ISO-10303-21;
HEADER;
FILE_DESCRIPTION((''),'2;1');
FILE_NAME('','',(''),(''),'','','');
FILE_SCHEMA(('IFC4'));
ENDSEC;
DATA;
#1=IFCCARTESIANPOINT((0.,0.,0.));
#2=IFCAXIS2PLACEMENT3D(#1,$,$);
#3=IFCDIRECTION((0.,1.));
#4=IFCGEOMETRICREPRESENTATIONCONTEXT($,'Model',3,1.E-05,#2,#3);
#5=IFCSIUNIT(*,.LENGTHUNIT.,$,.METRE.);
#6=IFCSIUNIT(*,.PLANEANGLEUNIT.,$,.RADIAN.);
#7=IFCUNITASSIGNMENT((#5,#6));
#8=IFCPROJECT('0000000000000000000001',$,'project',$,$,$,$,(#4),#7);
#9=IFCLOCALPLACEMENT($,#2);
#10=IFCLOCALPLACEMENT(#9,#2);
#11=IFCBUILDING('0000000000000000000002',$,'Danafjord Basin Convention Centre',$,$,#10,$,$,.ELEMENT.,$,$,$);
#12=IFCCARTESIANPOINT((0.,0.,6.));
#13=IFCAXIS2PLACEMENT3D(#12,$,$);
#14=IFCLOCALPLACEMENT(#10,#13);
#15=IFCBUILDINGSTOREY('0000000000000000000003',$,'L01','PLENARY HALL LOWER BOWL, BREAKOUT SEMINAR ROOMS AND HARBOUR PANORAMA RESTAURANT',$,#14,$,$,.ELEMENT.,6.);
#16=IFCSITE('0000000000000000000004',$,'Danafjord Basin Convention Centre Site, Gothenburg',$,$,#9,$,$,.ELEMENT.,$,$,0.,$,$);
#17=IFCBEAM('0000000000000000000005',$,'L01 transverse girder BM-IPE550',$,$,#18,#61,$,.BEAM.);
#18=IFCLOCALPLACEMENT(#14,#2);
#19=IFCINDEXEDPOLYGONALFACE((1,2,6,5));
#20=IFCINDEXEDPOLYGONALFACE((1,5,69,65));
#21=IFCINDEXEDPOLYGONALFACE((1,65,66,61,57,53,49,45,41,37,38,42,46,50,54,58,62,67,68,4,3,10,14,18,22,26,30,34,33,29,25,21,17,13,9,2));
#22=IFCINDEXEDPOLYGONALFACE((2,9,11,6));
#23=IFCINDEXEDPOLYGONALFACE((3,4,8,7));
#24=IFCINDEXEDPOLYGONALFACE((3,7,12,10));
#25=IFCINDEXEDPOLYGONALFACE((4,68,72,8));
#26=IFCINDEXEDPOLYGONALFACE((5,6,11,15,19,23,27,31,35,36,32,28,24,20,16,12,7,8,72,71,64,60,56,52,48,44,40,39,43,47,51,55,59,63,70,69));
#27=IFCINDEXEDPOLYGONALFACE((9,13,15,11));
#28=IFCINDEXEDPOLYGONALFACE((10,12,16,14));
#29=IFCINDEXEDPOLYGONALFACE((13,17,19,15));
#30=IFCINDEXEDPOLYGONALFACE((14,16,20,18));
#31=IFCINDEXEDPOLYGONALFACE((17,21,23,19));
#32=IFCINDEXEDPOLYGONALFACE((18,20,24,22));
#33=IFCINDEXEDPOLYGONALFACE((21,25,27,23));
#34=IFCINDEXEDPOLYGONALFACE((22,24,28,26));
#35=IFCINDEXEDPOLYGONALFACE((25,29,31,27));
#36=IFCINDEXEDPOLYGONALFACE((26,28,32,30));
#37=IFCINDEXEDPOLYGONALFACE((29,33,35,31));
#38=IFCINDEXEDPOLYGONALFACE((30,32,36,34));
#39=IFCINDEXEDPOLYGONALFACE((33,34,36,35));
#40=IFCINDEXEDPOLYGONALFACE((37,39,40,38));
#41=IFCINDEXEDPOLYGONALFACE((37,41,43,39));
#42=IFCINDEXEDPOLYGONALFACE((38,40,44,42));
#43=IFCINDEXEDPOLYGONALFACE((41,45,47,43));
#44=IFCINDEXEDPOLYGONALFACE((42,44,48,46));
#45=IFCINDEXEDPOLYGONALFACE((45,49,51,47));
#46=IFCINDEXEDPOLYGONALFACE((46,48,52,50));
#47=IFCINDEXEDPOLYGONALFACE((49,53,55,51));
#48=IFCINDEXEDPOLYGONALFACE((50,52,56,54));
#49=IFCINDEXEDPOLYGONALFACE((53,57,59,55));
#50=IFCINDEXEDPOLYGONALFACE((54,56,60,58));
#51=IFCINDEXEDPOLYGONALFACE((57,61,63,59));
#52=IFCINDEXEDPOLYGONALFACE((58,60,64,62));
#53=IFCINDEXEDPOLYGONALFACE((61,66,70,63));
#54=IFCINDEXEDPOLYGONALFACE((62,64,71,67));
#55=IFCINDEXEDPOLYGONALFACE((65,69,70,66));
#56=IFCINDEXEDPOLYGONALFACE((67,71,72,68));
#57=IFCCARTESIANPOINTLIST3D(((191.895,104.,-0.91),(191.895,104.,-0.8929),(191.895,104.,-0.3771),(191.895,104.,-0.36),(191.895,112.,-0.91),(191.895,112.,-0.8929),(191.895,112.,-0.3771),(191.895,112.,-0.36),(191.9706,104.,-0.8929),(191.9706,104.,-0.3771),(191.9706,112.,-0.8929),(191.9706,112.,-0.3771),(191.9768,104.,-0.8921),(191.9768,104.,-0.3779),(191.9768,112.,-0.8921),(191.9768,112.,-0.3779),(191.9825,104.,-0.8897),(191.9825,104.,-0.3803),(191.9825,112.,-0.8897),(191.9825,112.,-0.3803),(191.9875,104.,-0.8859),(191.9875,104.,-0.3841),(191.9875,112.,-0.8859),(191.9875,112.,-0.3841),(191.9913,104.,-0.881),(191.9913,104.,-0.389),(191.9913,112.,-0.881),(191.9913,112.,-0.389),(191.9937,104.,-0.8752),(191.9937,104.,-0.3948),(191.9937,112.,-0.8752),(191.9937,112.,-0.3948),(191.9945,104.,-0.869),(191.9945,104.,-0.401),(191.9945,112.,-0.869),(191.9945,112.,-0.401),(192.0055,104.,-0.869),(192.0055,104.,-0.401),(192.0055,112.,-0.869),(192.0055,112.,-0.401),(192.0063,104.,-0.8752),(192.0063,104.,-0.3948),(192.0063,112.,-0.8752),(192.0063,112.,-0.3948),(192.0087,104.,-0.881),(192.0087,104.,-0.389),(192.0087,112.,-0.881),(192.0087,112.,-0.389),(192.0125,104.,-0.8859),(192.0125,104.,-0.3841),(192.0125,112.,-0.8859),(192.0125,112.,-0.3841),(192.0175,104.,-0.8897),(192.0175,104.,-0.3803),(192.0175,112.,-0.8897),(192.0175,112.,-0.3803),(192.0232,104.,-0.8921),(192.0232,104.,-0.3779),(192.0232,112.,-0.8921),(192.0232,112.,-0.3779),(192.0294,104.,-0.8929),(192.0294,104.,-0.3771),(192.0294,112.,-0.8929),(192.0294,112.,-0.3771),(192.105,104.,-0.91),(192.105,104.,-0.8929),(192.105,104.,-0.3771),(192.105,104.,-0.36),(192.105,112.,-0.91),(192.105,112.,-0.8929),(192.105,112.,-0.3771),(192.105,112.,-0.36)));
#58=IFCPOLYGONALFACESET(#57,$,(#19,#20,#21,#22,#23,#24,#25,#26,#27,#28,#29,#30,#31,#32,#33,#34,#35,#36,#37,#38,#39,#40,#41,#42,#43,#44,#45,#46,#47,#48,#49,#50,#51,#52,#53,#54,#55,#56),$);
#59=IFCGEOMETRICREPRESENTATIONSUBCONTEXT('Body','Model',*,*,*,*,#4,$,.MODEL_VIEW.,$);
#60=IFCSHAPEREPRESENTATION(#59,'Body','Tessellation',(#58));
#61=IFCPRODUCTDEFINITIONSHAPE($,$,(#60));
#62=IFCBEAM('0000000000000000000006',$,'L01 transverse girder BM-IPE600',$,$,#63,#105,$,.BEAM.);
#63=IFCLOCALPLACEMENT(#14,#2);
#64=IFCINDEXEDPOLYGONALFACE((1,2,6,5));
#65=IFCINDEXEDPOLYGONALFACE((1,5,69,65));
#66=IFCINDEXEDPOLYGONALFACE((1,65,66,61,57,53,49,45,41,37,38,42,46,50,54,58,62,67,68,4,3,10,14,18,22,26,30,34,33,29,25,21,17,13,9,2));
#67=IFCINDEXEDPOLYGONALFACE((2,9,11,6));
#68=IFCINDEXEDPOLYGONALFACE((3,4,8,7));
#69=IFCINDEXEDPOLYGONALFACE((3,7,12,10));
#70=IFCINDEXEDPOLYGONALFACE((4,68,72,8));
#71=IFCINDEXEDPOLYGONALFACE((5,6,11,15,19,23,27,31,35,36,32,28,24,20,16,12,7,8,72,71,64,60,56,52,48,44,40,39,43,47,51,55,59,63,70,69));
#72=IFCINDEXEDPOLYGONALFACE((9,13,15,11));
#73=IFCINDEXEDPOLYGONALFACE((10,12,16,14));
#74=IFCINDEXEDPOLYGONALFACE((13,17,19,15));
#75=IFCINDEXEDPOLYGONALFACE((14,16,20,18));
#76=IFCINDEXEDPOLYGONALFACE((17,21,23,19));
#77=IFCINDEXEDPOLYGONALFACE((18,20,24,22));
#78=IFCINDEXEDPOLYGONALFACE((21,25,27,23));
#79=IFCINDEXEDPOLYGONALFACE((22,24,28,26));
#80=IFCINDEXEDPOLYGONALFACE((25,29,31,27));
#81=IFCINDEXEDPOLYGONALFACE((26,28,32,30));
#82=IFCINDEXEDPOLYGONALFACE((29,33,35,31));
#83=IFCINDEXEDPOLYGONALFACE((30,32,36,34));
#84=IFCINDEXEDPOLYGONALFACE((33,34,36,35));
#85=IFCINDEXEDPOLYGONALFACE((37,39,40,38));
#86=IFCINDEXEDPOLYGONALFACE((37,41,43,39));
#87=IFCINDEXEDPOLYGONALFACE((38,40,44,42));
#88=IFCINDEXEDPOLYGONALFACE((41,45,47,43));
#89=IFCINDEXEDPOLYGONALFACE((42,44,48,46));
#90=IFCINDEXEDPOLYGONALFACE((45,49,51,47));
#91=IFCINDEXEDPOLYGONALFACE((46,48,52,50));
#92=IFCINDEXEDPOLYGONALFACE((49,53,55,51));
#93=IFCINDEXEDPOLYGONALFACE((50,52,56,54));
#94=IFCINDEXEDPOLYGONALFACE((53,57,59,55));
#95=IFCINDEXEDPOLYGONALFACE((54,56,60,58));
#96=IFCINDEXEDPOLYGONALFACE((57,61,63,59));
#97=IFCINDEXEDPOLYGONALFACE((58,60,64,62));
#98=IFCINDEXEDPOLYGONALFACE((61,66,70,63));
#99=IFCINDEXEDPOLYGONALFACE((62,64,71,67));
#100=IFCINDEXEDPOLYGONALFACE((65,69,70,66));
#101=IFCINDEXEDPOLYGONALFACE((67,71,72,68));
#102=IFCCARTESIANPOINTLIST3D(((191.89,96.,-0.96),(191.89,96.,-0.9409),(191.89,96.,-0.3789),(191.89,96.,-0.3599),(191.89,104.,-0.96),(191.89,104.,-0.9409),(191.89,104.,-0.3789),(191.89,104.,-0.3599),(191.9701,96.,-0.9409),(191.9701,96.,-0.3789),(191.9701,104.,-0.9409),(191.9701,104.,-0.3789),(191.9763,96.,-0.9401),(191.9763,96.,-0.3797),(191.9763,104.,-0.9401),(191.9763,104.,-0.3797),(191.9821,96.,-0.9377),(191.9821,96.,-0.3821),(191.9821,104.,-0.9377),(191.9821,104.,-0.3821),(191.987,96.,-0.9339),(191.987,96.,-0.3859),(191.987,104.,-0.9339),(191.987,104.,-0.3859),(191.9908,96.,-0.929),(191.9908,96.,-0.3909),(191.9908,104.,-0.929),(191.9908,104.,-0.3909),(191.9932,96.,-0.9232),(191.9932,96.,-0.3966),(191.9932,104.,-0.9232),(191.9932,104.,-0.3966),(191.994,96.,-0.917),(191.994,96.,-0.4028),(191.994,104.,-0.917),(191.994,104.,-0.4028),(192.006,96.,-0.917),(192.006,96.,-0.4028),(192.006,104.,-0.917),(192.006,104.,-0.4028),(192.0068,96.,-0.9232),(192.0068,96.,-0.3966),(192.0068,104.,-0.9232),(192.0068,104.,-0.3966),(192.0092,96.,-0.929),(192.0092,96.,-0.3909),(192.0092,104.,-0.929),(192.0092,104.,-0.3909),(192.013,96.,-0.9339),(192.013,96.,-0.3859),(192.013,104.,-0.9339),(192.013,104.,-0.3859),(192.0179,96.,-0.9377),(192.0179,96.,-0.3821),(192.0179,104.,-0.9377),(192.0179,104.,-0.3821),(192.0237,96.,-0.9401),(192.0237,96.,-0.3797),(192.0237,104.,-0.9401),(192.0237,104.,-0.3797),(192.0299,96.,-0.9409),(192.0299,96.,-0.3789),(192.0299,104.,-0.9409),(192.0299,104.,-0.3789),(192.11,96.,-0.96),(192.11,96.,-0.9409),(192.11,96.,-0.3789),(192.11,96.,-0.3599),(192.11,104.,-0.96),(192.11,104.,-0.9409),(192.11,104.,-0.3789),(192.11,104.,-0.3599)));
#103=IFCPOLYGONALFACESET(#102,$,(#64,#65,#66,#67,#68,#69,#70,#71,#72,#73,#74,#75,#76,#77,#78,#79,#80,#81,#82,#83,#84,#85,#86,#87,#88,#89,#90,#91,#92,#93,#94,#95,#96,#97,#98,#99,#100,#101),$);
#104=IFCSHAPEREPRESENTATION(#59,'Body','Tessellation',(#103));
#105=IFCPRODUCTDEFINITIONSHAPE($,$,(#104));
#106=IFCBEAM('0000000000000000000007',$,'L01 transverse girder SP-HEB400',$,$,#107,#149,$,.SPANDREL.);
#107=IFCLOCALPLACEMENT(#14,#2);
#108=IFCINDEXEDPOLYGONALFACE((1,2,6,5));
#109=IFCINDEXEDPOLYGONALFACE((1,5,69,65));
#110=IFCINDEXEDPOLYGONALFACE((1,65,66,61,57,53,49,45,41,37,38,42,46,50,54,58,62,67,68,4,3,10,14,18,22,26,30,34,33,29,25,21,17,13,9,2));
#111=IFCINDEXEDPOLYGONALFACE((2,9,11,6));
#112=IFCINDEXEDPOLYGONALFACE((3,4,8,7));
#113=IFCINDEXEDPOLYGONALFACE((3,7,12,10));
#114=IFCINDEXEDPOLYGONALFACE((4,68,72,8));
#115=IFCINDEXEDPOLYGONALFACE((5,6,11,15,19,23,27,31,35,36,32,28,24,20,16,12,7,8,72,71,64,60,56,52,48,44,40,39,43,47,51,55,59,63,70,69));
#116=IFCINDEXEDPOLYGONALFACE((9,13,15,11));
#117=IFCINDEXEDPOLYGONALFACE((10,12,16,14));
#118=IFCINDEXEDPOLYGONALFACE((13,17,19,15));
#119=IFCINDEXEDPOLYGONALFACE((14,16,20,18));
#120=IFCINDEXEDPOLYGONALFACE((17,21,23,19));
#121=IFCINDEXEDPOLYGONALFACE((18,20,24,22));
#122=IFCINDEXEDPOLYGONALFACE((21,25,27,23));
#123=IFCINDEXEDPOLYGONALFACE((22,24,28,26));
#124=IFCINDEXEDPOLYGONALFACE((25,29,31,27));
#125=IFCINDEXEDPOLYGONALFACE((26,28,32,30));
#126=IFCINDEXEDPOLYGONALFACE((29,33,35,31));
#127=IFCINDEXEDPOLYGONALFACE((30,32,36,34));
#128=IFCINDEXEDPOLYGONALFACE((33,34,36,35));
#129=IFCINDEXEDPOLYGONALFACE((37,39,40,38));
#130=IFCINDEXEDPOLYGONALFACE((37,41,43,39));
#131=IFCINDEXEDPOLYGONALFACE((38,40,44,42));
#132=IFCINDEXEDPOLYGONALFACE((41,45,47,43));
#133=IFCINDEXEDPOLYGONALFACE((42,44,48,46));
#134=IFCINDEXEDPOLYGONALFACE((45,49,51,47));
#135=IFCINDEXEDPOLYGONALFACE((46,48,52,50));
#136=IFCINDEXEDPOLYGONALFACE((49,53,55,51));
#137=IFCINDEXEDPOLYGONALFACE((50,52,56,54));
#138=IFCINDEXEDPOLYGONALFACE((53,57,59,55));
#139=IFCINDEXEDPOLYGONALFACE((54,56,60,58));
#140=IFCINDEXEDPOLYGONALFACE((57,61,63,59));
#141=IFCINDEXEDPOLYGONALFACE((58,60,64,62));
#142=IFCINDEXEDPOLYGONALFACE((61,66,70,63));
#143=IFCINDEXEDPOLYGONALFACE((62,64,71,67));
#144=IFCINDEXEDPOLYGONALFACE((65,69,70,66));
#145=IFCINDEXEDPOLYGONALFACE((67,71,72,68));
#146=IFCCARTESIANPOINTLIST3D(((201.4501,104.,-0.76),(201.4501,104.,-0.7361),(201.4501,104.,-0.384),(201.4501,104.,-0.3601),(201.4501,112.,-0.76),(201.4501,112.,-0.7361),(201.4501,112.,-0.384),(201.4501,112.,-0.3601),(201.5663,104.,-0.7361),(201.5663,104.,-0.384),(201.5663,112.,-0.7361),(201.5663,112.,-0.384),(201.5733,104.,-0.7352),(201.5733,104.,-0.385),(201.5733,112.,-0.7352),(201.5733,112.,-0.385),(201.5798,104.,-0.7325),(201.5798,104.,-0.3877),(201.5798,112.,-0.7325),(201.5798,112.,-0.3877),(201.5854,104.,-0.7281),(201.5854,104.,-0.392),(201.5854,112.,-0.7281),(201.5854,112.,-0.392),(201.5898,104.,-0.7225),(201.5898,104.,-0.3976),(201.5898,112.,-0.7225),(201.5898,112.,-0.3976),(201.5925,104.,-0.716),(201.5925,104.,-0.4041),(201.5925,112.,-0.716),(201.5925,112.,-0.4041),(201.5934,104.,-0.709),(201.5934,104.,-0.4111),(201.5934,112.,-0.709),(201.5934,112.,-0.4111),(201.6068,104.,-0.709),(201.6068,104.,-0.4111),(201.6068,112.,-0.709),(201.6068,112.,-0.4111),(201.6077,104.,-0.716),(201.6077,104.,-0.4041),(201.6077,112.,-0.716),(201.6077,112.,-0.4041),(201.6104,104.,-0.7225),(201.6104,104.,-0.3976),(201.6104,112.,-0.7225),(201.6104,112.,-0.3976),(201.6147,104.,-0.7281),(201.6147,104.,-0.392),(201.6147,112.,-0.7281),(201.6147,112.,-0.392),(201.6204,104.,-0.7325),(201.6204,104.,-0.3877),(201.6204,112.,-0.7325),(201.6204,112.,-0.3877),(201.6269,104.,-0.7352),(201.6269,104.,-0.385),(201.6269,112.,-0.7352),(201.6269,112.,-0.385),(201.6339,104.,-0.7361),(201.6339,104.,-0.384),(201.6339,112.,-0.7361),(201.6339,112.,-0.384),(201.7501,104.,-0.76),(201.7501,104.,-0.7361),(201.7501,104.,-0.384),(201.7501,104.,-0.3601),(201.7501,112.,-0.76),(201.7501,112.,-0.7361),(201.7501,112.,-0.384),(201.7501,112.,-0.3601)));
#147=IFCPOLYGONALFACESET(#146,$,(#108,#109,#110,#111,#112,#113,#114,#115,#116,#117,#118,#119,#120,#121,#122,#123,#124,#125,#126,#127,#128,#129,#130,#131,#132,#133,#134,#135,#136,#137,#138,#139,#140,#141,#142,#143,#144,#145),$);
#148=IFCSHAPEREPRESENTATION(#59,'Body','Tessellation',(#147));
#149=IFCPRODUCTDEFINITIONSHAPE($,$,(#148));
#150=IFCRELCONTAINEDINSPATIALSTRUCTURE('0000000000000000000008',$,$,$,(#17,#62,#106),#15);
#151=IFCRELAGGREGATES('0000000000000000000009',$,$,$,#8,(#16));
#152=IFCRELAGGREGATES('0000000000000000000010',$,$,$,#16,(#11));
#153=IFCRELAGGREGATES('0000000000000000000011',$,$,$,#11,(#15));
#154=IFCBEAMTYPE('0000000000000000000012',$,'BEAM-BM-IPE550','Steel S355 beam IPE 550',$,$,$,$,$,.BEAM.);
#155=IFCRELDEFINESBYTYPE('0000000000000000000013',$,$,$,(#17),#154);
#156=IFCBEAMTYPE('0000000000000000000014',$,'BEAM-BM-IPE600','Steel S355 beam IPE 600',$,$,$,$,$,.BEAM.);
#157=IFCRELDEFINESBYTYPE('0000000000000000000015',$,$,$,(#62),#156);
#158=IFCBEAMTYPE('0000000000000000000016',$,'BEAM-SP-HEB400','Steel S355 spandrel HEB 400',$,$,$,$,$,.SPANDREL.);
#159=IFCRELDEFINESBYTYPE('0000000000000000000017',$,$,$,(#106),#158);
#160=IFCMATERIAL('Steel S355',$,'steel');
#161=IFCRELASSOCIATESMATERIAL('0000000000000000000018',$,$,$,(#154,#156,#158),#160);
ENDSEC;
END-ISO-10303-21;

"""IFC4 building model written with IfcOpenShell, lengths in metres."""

from ifc_helpers import new_model, si_unit, direction, frame, origin, origin_2d, place, context, subcontext, project, spatial, i_section, extrude, material, material_profile, profile_set, type_object, element, save


model = new_model("IFC4")

# Units and contexts
model_context = context("Model", 3, precision=1e-05, world=origin(), true_north=direction((0.0, 1.0)))
body_context = subcontext(model_context, "Body", "Model", "MODEL_VIEW")
ifc_project = project(units=[si_unit("LENGTHUNIT", "METRE"), si_unit("PLANEANGLEUNIT", "RADIAN")], contexts=[model_context])

# Site, building, storey
site_placement = place(None, origin())
site = spatial("IfcSite", under=ifc_project, at=site_placement, Name="Danafjord Basin Convention Centre Site, Gothenburg", CompositionType="ELEMENT", RefElevation=0.0)
building_placement = place(site_placement, origin())
building = spatial("IfcBuilding", under=site, at=building_placement, Name="Danafjord Basin Convention Centre", CompositionType="ELEMENT")
storey_placement = place(building_placement, frame((0.0, 0.0, 6.0)))
storey = spatial("IfcBuildingStorey", under=building, at=storey_placement, Name="L01", Description="PLENARY HALL LOWER BOWL, BREAKOUT SEMINAR ROOMS AND HARBOUR PANORAMA RESTAURANT", CompositionType="ELEMENT", Elevation=6.0)

# Shared definitions
ifc_material_1 = material(Name="Steel S355", Category="steel")

# Beams
ifc_material_profile_1 = material_profile(ifc_material_1, i_section(OverallWidth=0.21, OverallDepth=0.55, WebThickness=0.011, FlangeThickness=0.0171, FilletRadius=0.0239, at=origin_2d()), Name="IPE 550")
ifc_profile_set_1 = profile_set([ifc_material_profile_1], Name="Steel S355")
beam_type_1 = type_object("IfcBeamType", Name="BEAM-BM-IPE550", Description="Steel S355 beam IPE 550", PredefinedType="BEAM", material=ifc_profile_set_1)
for number, where, z_axis, x_axis, name in (
    (1, (192.0, 104.0, -0.635), (0.0, 1.0, 0.0), (-1.0, 0.0, 0.0), "L01 transverse girder BM-IPE550"),
):
    element("IfcBeam", number, at=place(storey_placement, frame(where, z_axis=z_axis, x_axis=x_axis)), inside=storey, type_object=beam_type_1, Name=name, PredefinedType="BEAM", context=body_context, shape_type="SweptSolid", body=[
        extrude(i_section(OverallWidth=0.21, OverallDepth=0.55, WebThickness=0.011, FlangeThickness=0.0171, FilletRadius=0.0239, at=origin_2d()), origin(), (0.0, 0.0, 1.0), 8.0),
    ])
ifc_material_profile_2 = material_profile(ifc_material_1, i_section(OverallWidth=0.22, OverallDepth=0.6001, WebThickness=0.012, FlangeThickness=0.019, FilletRadius=0.0239, at=origin_2d()), Name="IPE 600")
ifc_profile_set_2 = profile_set([ifc_material_profile_2], Name="Steel S355")
beam_type_2 = type_object("IfcBeamType", Name="BEAM-BM-IPE600", Description="Steel S355 beam IPE 600", PredefinedType="BEAM", material=ifc_profile_set_2)
beam_1_placement = place(storey_placement, frame((192.0, 96.0, -0.6599), z_axis=(0.0, 1.0, 0.0), x_axis=(-1.0, 0.0, 0.0)))
element("IfcBeam", 2, at=beam_1_placement, inside=storey, type_object=beam_type_2, Name="L01 transverse girder BM-IPE600", PredefinedType="BEAM", context=body_context, shape_type="SweptSolid", body=[
    extrude(i_section(OverallWidth=0.22, OverallDepth=0.6001, WebThickness=0.012, FlangeThickness=0.019, FilletRadius=0.0239, at=origin_2d()), origin(), (0.0, 0.0, 1.0), 8.0),
])
ifc_material_profile_3 = material_profile(ifc_material_1, i_section(OverallWidth=0.3, OverallDepth=0.3999, WebThickness=0.0134, FlangeThickness=0.0239, FilletRadius=0.0271, at=origin_2d()), Name="HEB 400")
ifc_profile_set_3 = profile_set([ifc_material_profile_3], Name="Steel S355")
beam_type_3 = type_object("IfcBeamType", Name="BEAM-SP-HEB400", Description="Steel S355 spandrel HEB 400", PredefinedType="SPANDREL", material=ifc_profile_set_3)
beam_2_placement = place(storey_placement, frame((201.6001, 104.0, -0.5601), z_axis=(0.0, 1.0, 0.0), x_axis=(-1.0, 0.0, 0.0)))
element("IfcBeam", 3, at=beam_2_placement, inside=storey, type_object=beam_type_3, Name="L01 transverse girder SP-HEB400", PredefinedType="SPANDREL", context=body_context, shape_type="SweptSolid", body=[
    extrude(i_section(OverallWidth=0.3, OverallDepth=0.3999, WebThickness=0.0134, FlangeThickness=0.0239, FilletRadius=0.0271, at=origin_2d()), origin(), (0.0, 0.0, 1.0), 8.0),
])

save(model, "model.ifc")
